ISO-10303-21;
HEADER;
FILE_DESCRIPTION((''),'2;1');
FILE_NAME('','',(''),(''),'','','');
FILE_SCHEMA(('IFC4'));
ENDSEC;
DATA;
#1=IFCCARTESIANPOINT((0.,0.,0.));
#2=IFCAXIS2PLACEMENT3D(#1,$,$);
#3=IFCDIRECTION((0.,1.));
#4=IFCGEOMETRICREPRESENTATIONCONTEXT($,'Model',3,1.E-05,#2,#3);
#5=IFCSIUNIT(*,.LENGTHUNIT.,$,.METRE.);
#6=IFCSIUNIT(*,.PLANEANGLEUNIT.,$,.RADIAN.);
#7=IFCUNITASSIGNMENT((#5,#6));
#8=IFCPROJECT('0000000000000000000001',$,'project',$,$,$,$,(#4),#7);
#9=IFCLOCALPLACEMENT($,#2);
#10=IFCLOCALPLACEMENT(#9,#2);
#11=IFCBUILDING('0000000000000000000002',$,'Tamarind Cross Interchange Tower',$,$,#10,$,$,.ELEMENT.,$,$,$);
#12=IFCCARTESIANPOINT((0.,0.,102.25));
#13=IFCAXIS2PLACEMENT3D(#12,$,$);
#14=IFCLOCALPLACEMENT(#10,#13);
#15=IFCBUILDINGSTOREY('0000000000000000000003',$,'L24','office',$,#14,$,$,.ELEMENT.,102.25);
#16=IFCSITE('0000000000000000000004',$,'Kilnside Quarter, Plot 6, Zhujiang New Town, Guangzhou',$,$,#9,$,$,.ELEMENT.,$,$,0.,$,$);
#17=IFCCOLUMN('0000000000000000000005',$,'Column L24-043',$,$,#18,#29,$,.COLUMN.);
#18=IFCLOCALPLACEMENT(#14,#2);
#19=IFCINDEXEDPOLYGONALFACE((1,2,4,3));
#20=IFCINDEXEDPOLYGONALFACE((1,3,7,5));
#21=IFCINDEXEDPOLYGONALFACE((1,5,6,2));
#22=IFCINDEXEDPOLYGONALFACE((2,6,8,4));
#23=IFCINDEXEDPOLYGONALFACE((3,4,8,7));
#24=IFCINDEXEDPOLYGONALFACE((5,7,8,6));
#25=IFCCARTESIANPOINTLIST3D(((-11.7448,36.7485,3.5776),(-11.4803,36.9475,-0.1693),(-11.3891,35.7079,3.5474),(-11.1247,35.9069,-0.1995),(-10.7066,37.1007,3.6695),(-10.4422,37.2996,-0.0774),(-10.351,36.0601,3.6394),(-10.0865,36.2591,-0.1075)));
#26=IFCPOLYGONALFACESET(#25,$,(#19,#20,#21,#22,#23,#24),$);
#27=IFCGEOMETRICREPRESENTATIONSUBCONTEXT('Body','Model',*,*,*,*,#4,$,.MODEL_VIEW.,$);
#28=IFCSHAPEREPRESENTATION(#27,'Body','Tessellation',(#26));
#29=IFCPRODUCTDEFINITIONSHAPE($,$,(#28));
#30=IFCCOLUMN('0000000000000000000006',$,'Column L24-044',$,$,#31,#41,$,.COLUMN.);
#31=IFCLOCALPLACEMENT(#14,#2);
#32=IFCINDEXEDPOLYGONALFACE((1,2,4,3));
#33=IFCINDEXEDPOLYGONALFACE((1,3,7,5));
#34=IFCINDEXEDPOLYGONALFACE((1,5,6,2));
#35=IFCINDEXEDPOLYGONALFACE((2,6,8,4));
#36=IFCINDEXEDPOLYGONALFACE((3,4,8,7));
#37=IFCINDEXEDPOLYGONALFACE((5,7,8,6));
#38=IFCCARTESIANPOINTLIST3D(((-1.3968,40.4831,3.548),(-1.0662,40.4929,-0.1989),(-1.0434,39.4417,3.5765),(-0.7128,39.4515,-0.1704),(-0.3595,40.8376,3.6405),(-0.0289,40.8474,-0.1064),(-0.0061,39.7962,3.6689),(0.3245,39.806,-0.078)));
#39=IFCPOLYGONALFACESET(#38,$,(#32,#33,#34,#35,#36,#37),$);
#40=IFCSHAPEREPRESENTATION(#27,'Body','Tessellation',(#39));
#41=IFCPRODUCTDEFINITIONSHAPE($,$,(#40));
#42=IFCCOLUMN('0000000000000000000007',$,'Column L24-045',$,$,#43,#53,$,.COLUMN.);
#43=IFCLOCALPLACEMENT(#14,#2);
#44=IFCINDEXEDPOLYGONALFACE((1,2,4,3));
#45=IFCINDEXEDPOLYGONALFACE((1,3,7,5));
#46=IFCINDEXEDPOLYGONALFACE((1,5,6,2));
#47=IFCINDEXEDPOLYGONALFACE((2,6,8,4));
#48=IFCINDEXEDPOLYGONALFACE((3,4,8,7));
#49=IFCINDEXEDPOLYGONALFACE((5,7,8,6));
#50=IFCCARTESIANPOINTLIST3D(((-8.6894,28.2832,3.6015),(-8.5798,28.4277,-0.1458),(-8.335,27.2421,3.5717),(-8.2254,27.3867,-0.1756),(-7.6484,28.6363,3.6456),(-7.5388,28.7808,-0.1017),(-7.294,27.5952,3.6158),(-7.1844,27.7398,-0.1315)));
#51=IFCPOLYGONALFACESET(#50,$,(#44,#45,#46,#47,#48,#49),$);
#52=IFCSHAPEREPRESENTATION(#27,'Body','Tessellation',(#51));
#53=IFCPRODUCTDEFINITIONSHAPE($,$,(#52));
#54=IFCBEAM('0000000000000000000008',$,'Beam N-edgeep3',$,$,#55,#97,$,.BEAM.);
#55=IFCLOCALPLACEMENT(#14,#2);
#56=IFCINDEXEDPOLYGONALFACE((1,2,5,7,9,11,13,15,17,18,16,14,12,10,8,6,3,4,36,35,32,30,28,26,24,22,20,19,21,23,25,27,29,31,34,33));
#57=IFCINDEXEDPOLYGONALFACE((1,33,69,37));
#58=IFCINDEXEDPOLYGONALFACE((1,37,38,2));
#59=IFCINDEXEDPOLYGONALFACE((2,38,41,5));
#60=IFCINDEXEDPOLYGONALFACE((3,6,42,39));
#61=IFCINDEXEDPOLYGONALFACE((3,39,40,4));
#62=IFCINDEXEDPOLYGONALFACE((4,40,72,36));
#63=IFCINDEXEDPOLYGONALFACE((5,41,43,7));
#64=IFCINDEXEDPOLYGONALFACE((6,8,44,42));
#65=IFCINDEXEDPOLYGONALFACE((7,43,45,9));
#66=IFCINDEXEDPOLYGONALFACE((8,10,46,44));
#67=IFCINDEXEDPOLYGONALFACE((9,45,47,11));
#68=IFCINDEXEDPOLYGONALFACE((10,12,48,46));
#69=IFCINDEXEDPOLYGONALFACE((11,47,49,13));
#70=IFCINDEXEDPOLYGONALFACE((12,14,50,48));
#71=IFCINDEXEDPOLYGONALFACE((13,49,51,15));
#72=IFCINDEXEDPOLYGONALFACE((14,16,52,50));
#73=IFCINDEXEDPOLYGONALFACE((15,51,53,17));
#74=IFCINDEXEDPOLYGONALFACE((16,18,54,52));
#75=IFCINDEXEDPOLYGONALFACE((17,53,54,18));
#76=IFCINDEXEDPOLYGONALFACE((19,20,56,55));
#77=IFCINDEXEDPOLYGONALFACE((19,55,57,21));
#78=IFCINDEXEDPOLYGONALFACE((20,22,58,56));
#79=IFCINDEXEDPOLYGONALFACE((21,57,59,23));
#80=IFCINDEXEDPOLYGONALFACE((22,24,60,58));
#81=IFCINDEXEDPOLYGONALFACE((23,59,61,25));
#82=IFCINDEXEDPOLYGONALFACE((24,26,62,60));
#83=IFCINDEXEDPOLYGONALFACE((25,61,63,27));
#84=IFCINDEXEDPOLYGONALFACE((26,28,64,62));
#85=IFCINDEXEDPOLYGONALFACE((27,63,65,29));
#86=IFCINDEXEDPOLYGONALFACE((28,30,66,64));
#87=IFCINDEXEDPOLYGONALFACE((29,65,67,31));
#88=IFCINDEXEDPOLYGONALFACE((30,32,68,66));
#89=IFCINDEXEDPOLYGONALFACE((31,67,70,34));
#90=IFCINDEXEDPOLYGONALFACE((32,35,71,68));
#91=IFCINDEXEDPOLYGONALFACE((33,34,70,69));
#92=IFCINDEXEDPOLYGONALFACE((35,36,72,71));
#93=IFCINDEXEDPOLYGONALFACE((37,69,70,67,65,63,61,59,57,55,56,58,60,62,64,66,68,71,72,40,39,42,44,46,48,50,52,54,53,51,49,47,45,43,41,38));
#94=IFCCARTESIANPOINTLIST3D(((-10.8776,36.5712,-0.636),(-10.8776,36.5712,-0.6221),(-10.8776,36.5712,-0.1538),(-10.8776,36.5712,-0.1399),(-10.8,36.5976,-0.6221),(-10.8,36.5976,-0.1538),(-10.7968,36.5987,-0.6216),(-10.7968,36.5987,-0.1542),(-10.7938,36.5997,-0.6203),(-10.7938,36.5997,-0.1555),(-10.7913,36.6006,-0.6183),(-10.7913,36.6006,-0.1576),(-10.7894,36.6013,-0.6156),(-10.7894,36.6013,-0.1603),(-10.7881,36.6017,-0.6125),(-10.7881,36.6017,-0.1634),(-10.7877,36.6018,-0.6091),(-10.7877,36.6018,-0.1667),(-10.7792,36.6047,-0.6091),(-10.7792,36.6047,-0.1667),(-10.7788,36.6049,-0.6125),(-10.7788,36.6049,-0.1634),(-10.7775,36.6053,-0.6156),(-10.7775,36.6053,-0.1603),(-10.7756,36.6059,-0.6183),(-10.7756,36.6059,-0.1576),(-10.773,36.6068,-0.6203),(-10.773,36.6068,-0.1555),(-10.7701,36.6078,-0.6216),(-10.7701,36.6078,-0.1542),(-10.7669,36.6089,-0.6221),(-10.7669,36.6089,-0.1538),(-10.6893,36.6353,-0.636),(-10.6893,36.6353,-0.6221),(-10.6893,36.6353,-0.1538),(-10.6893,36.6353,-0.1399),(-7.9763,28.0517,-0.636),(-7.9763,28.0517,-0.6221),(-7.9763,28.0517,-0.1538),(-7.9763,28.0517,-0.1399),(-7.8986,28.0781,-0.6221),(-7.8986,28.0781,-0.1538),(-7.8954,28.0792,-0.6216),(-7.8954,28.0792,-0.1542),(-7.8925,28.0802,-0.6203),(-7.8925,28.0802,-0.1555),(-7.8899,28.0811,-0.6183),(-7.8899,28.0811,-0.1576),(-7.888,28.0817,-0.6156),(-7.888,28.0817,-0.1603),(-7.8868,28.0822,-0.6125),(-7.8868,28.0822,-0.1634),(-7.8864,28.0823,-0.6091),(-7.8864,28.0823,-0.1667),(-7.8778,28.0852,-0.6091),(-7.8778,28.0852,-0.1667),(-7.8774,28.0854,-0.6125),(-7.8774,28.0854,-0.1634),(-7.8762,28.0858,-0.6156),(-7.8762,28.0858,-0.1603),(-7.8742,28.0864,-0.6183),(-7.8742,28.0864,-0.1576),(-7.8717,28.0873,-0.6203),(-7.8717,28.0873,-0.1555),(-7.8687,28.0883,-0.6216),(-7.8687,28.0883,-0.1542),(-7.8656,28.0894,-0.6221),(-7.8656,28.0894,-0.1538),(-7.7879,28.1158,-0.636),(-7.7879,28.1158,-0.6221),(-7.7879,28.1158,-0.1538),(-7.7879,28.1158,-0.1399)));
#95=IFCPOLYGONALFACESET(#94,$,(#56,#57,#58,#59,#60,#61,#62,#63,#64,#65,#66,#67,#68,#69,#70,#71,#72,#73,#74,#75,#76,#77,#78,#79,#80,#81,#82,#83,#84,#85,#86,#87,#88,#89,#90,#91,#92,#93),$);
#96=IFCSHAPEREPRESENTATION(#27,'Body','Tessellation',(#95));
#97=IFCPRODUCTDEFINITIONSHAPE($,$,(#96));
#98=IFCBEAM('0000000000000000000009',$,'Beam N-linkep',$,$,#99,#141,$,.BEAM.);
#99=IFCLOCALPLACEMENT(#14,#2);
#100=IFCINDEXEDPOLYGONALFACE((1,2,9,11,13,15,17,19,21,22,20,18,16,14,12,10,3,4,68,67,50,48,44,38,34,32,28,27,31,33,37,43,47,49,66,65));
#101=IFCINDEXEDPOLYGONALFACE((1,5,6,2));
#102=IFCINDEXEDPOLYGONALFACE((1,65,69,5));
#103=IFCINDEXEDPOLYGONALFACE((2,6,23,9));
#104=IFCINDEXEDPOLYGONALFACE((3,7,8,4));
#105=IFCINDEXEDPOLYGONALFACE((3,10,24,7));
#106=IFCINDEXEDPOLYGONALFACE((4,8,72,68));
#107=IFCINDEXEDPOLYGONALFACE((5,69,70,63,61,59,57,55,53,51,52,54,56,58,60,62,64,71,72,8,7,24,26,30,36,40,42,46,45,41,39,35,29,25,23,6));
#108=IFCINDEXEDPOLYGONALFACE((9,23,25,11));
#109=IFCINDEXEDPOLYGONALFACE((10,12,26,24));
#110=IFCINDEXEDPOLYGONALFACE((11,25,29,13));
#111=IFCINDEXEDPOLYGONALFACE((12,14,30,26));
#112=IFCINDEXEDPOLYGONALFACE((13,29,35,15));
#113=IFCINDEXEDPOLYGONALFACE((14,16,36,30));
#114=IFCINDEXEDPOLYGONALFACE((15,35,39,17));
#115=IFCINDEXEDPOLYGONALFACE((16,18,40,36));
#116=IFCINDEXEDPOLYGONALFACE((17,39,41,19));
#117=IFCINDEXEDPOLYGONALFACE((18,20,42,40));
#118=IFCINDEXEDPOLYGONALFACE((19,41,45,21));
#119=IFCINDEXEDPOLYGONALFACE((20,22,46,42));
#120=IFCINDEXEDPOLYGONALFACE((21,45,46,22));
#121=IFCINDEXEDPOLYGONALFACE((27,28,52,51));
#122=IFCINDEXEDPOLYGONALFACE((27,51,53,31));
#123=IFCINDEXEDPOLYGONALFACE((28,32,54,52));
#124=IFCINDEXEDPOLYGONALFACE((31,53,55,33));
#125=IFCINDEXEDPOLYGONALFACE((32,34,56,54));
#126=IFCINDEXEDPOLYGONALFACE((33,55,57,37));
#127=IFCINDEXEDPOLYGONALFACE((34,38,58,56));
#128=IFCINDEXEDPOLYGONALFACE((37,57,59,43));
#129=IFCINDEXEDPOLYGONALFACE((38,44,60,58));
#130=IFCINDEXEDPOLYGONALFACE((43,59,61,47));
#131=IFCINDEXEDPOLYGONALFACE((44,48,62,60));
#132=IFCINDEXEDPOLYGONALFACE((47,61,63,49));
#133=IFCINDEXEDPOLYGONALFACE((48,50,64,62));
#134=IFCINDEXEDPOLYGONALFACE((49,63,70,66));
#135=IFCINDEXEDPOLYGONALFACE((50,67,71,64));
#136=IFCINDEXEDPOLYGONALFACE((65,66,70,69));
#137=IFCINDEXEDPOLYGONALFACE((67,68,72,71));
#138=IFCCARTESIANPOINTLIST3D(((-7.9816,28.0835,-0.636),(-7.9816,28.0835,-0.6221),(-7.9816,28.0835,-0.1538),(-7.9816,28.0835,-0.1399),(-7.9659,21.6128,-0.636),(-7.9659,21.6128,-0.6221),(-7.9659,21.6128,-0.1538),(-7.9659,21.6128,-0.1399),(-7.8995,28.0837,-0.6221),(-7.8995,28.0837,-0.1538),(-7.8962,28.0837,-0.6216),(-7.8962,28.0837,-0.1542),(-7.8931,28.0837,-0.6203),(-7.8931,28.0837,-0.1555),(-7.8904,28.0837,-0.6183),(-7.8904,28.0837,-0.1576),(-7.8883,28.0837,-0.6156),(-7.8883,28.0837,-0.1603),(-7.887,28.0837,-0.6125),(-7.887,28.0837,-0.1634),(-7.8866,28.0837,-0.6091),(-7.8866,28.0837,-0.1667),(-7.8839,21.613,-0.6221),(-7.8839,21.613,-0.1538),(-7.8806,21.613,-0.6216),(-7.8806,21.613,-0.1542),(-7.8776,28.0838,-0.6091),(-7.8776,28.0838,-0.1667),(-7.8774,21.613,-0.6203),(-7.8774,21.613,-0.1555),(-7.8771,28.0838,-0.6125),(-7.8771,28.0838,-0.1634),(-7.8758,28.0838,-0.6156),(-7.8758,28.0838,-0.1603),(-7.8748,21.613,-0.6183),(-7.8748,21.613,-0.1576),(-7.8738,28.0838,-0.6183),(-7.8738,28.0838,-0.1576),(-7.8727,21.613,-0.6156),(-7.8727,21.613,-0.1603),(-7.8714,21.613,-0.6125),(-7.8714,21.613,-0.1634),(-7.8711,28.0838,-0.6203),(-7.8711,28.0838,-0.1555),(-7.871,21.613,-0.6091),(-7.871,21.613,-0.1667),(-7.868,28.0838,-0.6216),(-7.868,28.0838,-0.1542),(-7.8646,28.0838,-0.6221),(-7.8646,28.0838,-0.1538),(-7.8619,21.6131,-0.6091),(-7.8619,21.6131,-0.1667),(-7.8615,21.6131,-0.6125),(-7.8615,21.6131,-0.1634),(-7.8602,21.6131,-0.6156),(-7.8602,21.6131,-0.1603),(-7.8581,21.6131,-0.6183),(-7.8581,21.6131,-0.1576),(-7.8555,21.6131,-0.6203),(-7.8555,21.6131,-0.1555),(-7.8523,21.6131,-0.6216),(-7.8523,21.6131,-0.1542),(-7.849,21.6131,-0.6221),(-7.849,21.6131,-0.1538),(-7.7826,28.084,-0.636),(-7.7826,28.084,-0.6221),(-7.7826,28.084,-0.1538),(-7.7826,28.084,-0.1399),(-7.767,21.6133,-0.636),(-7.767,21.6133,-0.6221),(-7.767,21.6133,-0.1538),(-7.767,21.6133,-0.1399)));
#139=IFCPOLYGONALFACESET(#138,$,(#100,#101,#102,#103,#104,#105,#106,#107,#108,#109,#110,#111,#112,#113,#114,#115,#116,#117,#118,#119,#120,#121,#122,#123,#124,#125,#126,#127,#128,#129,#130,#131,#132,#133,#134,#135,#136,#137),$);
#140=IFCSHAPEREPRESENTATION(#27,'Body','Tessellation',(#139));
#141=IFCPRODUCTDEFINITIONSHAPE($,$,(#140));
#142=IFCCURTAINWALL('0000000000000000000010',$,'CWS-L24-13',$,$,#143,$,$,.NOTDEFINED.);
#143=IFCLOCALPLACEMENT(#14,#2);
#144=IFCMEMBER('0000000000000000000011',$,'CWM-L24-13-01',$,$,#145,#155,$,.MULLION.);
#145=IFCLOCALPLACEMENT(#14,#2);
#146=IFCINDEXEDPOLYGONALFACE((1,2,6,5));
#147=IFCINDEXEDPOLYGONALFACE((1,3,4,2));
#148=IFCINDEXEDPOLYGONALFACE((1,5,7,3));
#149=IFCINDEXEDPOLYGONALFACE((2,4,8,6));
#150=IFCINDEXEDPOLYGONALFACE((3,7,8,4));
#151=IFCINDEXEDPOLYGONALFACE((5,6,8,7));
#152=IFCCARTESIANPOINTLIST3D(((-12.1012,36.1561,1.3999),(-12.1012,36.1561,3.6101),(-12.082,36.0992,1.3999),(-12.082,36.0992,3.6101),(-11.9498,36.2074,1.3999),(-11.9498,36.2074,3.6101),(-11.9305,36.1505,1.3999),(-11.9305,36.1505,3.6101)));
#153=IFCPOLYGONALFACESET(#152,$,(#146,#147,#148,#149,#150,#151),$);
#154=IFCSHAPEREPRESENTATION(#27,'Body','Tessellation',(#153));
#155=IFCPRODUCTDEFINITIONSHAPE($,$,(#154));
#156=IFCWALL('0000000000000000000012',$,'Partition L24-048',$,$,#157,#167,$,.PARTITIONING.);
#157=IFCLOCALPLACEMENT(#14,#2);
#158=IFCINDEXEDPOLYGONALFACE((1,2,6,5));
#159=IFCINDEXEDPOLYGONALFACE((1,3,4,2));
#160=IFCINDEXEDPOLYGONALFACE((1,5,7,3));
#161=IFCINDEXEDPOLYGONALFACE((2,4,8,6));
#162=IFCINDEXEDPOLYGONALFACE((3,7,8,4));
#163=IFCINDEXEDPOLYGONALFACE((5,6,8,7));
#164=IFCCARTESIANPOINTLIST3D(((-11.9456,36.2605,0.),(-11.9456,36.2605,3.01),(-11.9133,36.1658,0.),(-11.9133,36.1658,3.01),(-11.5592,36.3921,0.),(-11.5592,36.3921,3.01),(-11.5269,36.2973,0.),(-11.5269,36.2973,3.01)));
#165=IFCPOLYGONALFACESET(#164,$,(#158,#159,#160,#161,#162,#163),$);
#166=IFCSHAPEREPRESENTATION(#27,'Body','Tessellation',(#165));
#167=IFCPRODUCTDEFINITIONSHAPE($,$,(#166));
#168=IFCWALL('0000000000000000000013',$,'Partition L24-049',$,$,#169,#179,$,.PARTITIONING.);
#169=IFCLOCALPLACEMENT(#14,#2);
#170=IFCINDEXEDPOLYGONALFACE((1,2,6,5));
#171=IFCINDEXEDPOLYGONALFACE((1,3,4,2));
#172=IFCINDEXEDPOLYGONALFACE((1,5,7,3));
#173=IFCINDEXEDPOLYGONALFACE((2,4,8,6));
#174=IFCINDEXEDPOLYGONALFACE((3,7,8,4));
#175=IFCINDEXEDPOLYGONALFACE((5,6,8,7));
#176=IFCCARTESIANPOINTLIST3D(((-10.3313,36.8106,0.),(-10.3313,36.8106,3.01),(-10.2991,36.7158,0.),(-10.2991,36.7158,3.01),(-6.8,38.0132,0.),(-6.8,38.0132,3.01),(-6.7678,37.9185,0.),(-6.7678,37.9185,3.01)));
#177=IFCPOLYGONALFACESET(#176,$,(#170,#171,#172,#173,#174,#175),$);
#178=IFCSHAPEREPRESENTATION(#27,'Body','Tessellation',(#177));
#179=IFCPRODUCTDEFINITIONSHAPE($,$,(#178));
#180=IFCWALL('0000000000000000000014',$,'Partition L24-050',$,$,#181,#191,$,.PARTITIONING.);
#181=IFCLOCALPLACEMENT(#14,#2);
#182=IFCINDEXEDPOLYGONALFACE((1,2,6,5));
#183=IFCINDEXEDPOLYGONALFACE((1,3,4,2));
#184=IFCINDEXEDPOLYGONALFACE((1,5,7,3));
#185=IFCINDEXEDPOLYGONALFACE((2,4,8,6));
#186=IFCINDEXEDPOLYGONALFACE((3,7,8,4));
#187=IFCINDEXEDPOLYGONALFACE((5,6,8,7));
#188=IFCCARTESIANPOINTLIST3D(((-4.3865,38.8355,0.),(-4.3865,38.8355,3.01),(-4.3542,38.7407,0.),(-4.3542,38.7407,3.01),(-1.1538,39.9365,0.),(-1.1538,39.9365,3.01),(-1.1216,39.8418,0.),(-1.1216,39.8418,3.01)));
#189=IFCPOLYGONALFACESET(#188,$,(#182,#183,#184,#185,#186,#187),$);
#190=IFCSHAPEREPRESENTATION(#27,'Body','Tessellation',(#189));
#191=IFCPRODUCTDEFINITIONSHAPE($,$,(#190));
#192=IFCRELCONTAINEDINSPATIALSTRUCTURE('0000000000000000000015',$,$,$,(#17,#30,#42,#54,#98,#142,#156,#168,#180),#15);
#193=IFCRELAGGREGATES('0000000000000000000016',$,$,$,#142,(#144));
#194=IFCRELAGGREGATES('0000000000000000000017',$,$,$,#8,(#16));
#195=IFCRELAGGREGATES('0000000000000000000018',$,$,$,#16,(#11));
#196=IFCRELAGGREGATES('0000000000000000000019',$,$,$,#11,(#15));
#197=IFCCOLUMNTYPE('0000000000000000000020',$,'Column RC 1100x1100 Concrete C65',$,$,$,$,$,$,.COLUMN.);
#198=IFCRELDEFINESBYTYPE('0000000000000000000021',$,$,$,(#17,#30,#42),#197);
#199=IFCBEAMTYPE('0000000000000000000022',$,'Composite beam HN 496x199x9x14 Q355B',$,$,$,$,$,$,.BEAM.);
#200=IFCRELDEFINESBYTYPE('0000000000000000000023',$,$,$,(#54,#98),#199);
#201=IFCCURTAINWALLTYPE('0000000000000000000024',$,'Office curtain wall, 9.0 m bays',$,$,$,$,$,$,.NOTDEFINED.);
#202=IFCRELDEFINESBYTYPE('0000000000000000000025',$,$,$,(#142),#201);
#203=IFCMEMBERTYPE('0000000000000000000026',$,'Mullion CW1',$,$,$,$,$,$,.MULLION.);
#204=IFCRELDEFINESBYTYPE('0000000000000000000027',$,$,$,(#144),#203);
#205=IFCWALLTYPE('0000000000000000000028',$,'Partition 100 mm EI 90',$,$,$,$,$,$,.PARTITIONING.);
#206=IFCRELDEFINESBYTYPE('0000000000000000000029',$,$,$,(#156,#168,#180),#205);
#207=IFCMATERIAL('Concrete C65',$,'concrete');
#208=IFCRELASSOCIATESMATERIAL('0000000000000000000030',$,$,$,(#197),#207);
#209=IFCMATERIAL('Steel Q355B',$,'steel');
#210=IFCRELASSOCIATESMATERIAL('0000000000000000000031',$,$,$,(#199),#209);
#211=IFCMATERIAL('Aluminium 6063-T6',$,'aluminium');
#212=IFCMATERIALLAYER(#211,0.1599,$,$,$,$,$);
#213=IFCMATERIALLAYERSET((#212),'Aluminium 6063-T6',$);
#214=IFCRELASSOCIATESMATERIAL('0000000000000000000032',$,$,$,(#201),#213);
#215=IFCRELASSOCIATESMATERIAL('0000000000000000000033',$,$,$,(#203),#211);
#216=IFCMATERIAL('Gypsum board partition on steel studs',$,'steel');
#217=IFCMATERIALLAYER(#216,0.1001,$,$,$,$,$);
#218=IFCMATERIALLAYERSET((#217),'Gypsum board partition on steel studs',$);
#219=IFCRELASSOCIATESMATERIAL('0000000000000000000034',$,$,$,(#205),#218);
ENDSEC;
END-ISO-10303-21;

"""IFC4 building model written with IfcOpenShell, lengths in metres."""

from ifc_helpers import new_model, si_unit, direction, frame, frame_2d, origin, origin_2d, place, context, subcontext, project, spatial, rectangle, i_section, extrude, material, layer, layer_set, material_profile, profile_set, type_object, element, aggregate, save


model = new_model("IFC4")

# Units and contexts
model_context = context("Model", 3, precision=1e-05, world=origin(), true_north=direction((0.0, 1.0)))
body_context = subcontext(model_context, "Body", "Model", "MODEL_VIEW")
ifc_project = project(units=[si_unit("LENGTHUNIT", "METRE"), si_unit("PLANEANGLEUNIT", "RADIAN")], contexts=[model_context])

# Site, building, storey
site_placement = place(None, origin())
site = spatial("IfcSite", under=ifc_project, at=site_placement, Name="Kilnside Quarter, Plot 6, Zhujiang New Town, Guangzhou", CompositionType="ELEMENT", RefElevation=0.0)
building_placement = place(site_placement, origin())
building = spatial("IfcBuilding", under=site, at=building_placement, Name="Tamarind Cross Interchange Tower", CompositionType="ELEMENT")
storey_placement = place(building_placement, frame((0.0, 0.0, 102.25)))
storey = spatial("IfcBuildingStorey", under=building, at=storey_placement, Name="L24", Description="office", CompositionType="ELEMENT", Elevation=102.25)

# Columns
ifc_material_1 = material(Name="Concrete C65", Category="concrete")
ifc_material_profile_1 = material_profile(ifc_material_1, rectangle(XDim=1.1001, YDim=1.1001, at=origin_2d()), Name="RC 1100x1100")
ifc_profile_set_1 = profile_set([ifc_material_profile_1], Name="Concrete C65")
column_type = type_object("IfcColumnType", Name="Column RC 1100x1100 Concrete C65", PredefinedType="COLUMN", material=ifc_profile_set_1)
for number, where, z_axis, x_axis, name in (
    (1, (-10.7834, 36.6033, -0.1384), (-0.070294, -0.052899, 0.996123), (0.943683, 0.320117, 0.083593), "Column L24-043"),
    (2, (-0.3708, 40.1494, -0.1384), (-0.087884, -0.002596, 0.996127), (0.321229, -0.946648, 0.025873), "Column L24-044"),
):
    element("IfcColumn", number, at=place(storey_placement, frame(where, z_axis=z_axis, x_axis=x_axis)), inside=storey, type_object=column_type, Name=name, PredefinedType="COLUMN", context=body_context, shape_type="SweptSolid", body=[
        extrude(rectangle(XDim=1.1001, YDim=1.1001, at=origin_2d()), origin(), (0.0, 0.0, 1.0), 3.7615),
    ])
column_placement = place(storey_placement, frame((-7.8821, 28.0837, -0.1387), z_axis=(-0.029219, -0.038524, 0.99883), x_axis=(0.946239, 0.320978, 0.04006)))
element("IfcColumn", 3, at=column_placement, inside=storey, type_object=column_type, Name="Column L24-045", PredefinedType="COLUMN", context=body_context, shape_type="SweptSolid", body=[
    extrude(rectangle(XDim=1.1001, YDim=1.1001, at=origin_2d()), origin(), (0.0, 0.0, 1.0), 3.7517),
])

# Beams
ifc_material_2 = material(Name="Steel Q355B", Category="steel")
ifc_material_profile_2 = material_profile(ifc_material_2, i_section(OverallWidth=0.199, OverallDepth=0.4961, WebThickness=0.009, FlangeThickness=0.0139, FilletRadius=0.0129, at=origin_2d()), Name="HN 496x199x9x14")
ifc_profile_set_2 = profile_set([ifc_material_profile_2], Name="Steel Q355B")
beam_type = type_object("IfcBeamType", Name="Composite beam HN 496x199x9x14 Q355B", PredefinedType="BEAM", material=ifc_profile_set_2)
beam_1_placement = place(storey_placement, frame((-10.7834, 36.6033, -0.3879), z_axis=(0.322373, -0.946613, 0.0), x_axis=(0.946613, 0.322373, 0.0)))
element("IfcBeam", 4, at=beam_1_placement, inside=storey, type_object=beam_type, Name="Beam N-edgeep3", PredefinedType="BEAM", context=body_context, shape_type="SweptSolid", body=[
    extrude(i_section(OverallWidth=0.199, OverallDepth=0.4961, WebThickness=0.009, FlangeThickness=0.0139, FilletRadius=0.0129, at=origin_2d()), origin(), (0.0, 0.0, 1.0), 9.0),
])
beam_2_placement = place(storey_placement, frame((-7.8821, 28.0837, -0.3879), z_axis=(0.002415, -0.999997, 0.0), x_axis=(0.999997, 0.002415, 0.0)))
element("IfcBeam", 5, at=beam_2_placement, inside=storey, type_object=beam_type, Name="Beam N-linkep", PredefinedType="BEAM", context=body_context, shape_type="SweptSolid", body=[
    extrude(i_section(OverallWidth=0.199, OverallDepth=0.4961, WebThickness=0.009, FlangeThickness=0.0139, FilletRadius=0.0129, at=origin_2d()), origin(), (0.0, 0.0, 1.0), 6.4707),
])

# Curtain wall, member
ifc_material_3 = material(Name="Aluminium 6063-T6", Category="aluminium")
ifc_layer_1 = layer(ifc_material_3, 0.1599)
ifc_layer_set_1 = layer_set([ifc_layer_1], Name="Aluminium 6063-T6")
curtain_wall_type = type_object("IfcCurtainWallType", Name="Office curtain wall, 9.0 m bays", PredefinedType="NOTDEFINED", material=ifc_layer_set_1)
curtain_wall_placement = place(storey_placement, origin())
curtain_wall = element("IfcCurtainWall", 6, at=curtain_wall_placement, inside=storey, type_object=curtain_wall_type, Name="CWS-L24-13", PredefinedType="NOTDEFINED")
ifc_material_profile_3 = material_profile(ifc_material_3, rectangle(XDim=0.0601, YDim=0.1599, at=origin_2d()), Name="Mullion CW1")
ifc_profile_set_3 = profile_set([ifc_material_profile_3], Name="Aluminium 6063-T6")
member_type = type_object("IfcMemberType", Name="Mullion CW1", PredefinedType="MULLION", material=ifc_profile_set_3)
member_placement = place(storey_placement, frame((-12.0159, 36.1533, 1.3999), z_axis=(0.0, 0.0, 1.0), x_axis=(0.320959, -0.947093, 0.0)))
member = element("IfcMember", 7, at=member_placement, type_object=member_type, Name="CWM-L24-13-01", PredefinedType="MULLION", context=body_context, shape_type="SweptSolid", body=[
    extrude(rectangle(XDim=0.0601, YDim=0.1599, at=origin_2d()), origin(), (0.0, 0.0, 1.0), 2.2102),
])
aggregate(curtain_wall, [member])

# Walls
ifc_material_4 = material(Name="Gypsum board partition on steel studs", Category="steel")
ifc_layer_2 = layer(ifc_material_4, 0.1001)
ifc_layer_set_2 = layer_set([ifc_layer_2], Name="Gypsum board partition on steel studs")
wall_type_1 = type_object("IfcWallType", Name="Partition 100 mm EI 90", PredefinedType="PARTITIONING", material=ifc_layer_set_2)
wall_1_placement = place(storey_placement, frame((-11.9294, 36.2131, 0.0), z_axis=(0.0, 0.0, 1.0), x_axis=(0.94663, 0.322321, 0.0)))
element("IfcWall", 8, at=wall_1_placement, inside=storey, type_object=wall_type_1, Name="Partition L24-048", PredefinedType="PARTITIONING", context=body_context, shape_type="SweptSolid", body=[
    extrude(rectangle(XDim=0.4082, YDim=0.1001, at=frame_2d((0.2041, 0.0))), origin(), (0.0, 0.0, 1.0), 3.01),
])
wall_2_placement = place(storey_placement, frame((-10.3152, 36.7632, 0.0), z_axis=(0.0, 0.0, 1.0), x_axis=(0.946608, 0.322386, 0.0)))
element("IfcWall", 9, at=wall_2_placement, inside=storey, type_object=wall_type_1, Name="Partition L24-049", PredefinedType="PARTITIONING", context=body_context, shape_type="SweptSolid", body=[
    extrude(rectangle(XDim=3.7305, YDim=0.1001, at=frame_2d((1.8652, 0.0))), origin(), (0.0, 0.0, 1.0), 3.01),
])
wall_3_placement = place(storey_placement, frame((-4.3704, 38.7881, 0.0), z_axis=(0.0, 0.0, 1.0), x_axis=(0.946597, 0.322419, 0.0)))
element("IfcWall", 10, at=wall_3_placement, inside=storey, type_object=wall_type_1, Name="Partition L24-050", PredefinedType="PARTITIONING", context=body_context, shape_type="SweptSolid", body=[
    extrude(rectangle(XDim=3.415, YDim=0.1001, at=frame_2d((1.7075, 0.0))), origin(), (0.0, 0.0, 1.0), 3.01),
])

save(model, "model.ifc")
